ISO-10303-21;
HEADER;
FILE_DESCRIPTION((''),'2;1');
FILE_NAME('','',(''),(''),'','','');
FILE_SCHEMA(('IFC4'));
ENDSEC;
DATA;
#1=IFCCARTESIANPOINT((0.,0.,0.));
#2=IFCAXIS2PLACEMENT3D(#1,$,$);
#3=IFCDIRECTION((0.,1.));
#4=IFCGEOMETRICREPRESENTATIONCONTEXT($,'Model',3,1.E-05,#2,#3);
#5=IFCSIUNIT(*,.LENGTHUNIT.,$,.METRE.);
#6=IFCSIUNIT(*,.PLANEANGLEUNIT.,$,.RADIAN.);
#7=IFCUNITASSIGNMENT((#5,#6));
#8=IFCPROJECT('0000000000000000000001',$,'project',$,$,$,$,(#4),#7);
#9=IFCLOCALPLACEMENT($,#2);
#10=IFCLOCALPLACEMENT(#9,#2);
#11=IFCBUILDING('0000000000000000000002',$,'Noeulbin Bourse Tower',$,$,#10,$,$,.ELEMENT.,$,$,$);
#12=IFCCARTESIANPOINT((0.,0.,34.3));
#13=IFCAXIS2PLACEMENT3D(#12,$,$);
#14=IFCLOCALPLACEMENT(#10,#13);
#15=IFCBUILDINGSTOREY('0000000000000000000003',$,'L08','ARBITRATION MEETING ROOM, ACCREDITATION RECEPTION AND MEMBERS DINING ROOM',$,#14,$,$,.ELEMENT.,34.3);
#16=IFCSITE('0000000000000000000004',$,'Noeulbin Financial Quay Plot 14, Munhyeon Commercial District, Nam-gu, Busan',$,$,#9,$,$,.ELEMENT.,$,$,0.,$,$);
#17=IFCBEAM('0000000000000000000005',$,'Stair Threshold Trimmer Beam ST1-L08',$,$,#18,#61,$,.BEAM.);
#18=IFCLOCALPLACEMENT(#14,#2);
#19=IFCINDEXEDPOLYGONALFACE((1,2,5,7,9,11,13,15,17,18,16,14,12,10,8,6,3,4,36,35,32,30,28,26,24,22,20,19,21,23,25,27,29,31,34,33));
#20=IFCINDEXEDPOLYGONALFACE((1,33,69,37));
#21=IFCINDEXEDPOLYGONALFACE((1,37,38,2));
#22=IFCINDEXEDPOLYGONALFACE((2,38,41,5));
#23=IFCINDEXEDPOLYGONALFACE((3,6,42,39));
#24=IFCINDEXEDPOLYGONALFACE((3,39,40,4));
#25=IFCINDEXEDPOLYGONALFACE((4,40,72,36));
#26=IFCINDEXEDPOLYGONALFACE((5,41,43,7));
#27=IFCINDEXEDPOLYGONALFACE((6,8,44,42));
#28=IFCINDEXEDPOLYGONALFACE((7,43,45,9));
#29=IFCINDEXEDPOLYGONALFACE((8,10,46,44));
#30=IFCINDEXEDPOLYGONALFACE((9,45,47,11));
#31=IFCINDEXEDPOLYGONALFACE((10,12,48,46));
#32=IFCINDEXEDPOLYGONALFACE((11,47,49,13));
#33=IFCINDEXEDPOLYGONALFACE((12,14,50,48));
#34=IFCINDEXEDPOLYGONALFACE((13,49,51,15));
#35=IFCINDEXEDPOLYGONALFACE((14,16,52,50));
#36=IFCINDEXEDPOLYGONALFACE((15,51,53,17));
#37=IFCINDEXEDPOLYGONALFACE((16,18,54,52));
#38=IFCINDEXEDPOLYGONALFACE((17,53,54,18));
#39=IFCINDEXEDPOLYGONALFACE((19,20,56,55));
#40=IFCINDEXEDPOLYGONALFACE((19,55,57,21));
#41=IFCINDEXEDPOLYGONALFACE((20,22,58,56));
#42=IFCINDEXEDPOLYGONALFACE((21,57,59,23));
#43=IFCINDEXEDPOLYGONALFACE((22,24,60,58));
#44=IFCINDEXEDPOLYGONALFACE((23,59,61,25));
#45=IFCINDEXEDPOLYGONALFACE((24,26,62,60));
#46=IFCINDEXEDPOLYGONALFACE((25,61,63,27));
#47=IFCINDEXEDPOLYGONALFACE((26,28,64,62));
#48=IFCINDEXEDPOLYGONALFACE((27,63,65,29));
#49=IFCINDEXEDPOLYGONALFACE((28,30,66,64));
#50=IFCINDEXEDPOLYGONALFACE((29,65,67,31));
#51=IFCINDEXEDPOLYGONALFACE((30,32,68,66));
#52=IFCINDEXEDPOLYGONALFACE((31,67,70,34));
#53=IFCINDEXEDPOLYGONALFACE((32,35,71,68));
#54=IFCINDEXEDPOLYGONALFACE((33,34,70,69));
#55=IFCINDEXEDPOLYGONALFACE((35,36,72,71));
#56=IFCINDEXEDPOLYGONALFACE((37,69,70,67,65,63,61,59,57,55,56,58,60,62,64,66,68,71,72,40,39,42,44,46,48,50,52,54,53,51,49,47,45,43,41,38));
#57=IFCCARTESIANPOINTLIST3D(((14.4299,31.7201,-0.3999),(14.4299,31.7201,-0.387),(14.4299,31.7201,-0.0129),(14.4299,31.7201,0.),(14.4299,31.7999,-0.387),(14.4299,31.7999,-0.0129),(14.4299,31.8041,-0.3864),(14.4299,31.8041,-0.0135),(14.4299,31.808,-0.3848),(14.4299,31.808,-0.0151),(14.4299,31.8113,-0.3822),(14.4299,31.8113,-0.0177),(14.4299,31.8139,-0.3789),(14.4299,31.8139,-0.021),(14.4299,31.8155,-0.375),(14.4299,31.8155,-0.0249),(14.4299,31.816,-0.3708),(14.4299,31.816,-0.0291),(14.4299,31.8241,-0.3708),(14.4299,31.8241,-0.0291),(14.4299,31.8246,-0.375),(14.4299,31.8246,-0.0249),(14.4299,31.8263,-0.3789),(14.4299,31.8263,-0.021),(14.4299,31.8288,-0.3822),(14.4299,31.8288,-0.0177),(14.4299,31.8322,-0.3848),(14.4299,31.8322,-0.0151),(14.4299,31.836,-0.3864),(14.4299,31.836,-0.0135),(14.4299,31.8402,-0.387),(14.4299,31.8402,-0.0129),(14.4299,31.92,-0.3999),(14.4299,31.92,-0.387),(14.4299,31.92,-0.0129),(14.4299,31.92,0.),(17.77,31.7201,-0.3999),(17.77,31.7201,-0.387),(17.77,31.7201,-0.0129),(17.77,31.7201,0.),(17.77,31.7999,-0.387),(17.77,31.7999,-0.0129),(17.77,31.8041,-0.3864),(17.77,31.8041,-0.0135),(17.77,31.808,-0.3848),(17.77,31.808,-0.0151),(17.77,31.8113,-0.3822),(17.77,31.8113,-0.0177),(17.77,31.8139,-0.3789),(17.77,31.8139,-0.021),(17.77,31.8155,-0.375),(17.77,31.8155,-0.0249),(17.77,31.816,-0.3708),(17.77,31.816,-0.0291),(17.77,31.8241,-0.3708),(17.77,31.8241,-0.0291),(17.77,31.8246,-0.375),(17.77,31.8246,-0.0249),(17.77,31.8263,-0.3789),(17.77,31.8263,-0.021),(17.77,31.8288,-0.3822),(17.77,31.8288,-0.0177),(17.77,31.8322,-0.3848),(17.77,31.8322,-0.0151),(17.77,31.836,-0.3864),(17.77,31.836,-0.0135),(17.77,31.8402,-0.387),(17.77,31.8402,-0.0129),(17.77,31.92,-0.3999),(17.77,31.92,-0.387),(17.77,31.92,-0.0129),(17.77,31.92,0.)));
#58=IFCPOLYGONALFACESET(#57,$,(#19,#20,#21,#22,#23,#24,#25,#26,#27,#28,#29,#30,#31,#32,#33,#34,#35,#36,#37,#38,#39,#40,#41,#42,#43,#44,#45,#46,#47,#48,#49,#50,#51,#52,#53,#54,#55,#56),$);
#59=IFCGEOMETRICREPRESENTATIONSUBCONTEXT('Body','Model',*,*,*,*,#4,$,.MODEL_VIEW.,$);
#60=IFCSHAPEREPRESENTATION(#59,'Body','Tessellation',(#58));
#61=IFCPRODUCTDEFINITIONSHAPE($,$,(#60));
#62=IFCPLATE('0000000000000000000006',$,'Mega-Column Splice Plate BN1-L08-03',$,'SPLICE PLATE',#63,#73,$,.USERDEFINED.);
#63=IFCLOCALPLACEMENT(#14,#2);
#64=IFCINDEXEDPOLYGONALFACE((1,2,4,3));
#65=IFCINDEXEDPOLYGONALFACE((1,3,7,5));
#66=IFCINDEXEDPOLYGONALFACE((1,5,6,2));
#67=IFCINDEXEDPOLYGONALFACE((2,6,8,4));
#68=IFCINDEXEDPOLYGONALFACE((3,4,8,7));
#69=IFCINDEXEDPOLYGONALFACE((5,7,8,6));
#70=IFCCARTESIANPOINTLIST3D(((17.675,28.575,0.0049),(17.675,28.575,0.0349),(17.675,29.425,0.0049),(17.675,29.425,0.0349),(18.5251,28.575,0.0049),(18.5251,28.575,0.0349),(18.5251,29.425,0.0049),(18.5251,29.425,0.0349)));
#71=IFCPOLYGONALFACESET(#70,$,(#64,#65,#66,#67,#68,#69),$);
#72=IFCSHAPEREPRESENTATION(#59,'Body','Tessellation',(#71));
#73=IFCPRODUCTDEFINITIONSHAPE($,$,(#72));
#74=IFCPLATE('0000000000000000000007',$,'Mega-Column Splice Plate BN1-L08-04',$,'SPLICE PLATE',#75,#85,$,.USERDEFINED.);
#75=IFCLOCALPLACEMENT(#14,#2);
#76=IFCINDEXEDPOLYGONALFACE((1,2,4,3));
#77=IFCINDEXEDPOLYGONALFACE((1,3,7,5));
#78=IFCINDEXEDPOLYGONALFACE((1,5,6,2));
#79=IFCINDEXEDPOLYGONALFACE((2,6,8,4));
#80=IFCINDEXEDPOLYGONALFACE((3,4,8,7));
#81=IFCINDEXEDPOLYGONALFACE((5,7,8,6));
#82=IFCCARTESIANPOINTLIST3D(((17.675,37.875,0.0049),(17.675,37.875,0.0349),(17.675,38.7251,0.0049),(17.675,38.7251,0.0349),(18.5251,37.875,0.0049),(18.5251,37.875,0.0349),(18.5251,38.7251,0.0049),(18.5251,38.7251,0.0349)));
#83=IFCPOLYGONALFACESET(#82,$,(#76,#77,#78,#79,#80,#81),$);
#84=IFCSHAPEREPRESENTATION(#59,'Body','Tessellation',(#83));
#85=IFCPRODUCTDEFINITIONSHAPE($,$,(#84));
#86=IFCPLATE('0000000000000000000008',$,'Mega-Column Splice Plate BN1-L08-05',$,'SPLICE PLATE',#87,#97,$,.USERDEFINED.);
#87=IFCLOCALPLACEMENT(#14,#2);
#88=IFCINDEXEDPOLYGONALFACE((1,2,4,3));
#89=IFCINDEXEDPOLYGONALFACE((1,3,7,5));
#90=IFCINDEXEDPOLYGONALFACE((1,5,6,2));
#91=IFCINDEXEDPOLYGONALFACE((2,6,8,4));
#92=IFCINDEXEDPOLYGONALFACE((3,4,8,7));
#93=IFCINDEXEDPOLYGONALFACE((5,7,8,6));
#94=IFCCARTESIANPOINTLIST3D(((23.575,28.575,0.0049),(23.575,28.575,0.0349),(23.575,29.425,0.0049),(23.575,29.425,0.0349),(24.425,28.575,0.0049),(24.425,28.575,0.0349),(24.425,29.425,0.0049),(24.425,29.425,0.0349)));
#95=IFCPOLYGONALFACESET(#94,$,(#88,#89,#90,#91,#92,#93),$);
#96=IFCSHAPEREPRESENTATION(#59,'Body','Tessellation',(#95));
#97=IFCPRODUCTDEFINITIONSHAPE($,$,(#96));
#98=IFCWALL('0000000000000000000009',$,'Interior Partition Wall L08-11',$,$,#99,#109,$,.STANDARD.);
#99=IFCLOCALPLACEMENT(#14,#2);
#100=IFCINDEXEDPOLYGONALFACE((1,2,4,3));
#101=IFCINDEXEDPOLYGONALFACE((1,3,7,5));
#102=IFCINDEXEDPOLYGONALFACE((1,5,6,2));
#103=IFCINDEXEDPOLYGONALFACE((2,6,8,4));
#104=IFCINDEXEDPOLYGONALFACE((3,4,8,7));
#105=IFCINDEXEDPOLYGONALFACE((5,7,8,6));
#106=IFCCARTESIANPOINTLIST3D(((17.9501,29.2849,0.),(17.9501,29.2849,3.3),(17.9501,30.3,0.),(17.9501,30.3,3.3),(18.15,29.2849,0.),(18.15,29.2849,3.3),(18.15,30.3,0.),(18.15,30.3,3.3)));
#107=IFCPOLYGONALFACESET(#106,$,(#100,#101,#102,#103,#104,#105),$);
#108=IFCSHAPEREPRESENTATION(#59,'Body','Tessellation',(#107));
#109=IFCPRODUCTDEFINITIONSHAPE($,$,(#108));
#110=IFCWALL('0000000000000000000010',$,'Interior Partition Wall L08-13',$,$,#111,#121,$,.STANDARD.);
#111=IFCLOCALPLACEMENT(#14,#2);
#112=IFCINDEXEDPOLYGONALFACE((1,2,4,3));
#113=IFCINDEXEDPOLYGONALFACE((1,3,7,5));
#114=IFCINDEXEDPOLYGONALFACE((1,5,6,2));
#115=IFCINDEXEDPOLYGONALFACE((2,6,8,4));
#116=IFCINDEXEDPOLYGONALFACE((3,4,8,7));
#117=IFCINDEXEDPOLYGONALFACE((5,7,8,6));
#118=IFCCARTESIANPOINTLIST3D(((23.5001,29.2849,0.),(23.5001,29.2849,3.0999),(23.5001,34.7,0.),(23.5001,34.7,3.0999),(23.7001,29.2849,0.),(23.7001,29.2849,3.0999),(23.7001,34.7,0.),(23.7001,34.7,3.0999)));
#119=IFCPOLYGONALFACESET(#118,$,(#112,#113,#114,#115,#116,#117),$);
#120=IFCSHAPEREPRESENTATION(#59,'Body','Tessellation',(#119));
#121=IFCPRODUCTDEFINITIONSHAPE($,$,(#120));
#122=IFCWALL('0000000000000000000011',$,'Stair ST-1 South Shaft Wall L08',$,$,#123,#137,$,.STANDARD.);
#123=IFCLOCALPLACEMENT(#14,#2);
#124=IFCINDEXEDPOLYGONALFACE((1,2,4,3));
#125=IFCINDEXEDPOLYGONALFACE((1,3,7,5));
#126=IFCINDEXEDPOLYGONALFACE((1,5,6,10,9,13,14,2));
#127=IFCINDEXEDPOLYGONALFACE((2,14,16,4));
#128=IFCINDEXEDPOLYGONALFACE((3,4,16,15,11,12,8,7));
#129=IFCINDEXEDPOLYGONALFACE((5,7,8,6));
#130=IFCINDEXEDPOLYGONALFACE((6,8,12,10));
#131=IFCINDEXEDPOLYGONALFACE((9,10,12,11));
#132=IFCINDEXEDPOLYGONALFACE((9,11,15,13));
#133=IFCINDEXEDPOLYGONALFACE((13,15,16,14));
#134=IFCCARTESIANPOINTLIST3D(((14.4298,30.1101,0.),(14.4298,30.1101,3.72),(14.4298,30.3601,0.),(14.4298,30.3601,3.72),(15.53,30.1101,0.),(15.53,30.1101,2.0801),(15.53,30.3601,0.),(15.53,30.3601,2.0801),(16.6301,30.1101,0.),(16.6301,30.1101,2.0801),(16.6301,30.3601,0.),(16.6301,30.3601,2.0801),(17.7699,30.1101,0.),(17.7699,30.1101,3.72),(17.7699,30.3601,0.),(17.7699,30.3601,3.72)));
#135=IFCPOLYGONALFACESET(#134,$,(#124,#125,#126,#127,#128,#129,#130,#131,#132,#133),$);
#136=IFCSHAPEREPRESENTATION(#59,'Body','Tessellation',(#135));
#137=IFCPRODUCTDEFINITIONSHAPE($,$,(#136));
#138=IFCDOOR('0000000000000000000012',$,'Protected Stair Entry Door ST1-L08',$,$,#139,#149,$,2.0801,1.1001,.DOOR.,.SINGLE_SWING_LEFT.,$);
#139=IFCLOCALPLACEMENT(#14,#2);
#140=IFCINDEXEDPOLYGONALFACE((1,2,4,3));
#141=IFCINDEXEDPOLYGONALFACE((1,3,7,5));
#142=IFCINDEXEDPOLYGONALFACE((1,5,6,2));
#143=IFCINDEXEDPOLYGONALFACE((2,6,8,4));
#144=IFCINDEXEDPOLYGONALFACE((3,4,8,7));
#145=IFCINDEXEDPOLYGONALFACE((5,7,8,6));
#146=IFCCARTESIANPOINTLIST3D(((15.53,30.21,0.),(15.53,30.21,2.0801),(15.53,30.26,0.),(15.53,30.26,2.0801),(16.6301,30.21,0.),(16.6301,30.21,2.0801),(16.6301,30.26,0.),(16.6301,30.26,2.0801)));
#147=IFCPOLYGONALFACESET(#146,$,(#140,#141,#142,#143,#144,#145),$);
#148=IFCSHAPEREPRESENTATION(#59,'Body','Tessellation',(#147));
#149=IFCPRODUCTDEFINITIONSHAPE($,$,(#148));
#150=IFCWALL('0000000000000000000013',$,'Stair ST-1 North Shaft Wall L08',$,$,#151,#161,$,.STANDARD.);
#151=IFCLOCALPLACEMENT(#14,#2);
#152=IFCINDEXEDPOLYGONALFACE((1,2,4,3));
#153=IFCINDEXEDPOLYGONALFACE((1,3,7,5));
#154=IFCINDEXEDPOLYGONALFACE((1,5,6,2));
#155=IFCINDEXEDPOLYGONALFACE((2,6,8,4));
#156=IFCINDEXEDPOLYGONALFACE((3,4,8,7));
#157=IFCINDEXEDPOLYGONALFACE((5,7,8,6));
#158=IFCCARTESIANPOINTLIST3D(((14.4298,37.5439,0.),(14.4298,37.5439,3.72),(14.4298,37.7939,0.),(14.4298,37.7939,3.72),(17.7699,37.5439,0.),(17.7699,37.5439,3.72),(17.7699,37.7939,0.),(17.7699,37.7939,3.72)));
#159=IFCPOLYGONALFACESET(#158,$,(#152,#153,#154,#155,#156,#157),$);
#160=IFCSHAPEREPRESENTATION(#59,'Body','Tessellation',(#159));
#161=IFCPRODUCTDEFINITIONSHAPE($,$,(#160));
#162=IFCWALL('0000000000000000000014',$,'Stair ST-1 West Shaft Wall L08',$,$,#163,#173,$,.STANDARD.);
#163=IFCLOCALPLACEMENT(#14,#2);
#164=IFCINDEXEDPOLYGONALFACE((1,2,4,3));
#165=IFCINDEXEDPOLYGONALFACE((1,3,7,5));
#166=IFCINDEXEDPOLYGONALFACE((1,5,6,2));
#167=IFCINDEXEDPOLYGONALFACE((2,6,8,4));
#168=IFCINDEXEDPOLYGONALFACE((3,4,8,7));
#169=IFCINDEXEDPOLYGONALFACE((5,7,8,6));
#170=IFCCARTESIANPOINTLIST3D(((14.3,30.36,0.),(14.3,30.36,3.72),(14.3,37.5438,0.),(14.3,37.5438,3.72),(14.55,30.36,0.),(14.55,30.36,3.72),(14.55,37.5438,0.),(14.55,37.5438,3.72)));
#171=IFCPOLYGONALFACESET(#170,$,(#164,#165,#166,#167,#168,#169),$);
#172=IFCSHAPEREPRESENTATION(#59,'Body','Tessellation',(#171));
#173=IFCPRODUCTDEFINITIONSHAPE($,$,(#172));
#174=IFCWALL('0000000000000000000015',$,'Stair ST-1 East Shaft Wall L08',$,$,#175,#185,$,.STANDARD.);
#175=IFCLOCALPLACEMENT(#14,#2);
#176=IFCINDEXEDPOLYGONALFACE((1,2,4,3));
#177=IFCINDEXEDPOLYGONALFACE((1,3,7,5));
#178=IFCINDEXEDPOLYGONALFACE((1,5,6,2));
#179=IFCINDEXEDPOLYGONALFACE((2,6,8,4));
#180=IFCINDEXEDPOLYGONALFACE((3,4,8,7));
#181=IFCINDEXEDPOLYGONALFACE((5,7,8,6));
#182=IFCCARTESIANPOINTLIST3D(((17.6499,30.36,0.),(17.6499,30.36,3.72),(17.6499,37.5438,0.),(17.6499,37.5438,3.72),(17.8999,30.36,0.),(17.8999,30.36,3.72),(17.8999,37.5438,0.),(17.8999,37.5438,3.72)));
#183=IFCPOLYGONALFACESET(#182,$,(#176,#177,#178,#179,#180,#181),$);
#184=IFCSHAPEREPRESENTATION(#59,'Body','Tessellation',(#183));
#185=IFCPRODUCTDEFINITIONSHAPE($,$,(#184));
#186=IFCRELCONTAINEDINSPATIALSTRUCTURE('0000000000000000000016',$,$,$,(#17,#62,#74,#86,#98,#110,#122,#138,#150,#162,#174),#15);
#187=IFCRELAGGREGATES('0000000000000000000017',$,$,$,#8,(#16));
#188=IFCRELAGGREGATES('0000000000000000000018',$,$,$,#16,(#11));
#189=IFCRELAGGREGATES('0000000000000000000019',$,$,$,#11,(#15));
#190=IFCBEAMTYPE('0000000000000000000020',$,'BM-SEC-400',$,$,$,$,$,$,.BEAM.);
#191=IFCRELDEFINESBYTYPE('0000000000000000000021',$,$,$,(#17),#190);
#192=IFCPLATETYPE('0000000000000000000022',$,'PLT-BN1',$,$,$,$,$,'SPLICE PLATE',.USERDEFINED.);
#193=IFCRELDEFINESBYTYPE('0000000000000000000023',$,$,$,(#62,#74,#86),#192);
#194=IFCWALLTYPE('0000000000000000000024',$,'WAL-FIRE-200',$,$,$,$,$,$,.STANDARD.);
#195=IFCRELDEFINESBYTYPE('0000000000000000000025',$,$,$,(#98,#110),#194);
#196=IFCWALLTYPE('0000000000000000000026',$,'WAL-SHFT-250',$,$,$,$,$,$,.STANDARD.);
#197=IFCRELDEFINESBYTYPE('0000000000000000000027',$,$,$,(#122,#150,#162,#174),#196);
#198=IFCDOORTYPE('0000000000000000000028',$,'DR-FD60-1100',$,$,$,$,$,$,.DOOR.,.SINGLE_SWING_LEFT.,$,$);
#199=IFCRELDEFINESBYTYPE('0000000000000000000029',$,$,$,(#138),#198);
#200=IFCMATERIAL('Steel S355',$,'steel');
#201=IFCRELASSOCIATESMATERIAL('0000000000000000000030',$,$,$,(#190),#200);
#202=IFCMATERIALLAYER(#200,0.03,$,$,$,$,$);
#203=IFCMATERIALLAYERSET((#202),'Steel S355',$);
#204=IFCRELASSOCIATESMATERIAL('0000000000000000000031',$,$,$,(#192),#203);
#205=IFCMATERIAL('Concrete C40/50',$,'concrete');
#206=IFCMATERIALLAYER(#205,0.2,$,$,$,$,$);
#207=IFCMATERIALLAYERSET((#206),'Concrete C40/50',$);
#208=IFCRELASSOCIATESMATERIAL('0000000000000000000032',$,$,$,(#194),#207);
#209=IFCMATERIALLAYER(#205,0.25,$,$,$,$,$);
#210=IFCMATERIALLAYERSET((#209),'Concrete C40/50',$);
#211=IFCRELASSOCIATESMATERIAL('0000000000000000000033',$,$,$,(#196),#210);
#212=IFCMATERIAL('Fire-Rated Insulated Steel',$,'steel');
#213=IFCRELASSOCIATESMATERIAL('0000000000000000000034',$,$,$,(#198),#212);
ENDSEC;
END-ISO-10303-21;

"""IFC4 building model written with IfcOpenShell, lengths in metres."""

from ifc_helpers import new_model, si_unit, direction, frame, frame_2d, origin, origin_2d, place, context, subcontext, project, spatial, rectangle, i_section, extrude, material, layer, layer_set, material_profile, profile_set, type_object, element, fill, save


model = new_model("IFC4")

# Units and contexts
model_context = context("Model", 3, precision=1e-05, world=origin(), true_north=direction((0.0, 1.0)))
body_context = subcontext(model_context, "Body", "Model", "MODEL_VIEW")
ifc_project = project(units=[si_unit("LENGTHUNIT", "METRE"), si_unit("PLANEANGLEUNIT", "RADIAN")], contexts=[model_context])

# Site, building, storey
site_placement = place(None, origin())
site = spatial("IfcSite", under=ifc_project, at=site_placement, Name="Noeulbin Financial Quay Plot 14, Munhyeon Commercial District, Nam-gu, Busan", CompositionType="ELEMENT", RefElevation=0.0)
building_placement = place(site_placement, origin())
building = spatial("IfcBuilding", under=site, at=building_placement, Name="Noeulbin Bourse Tower", CompositionType="ELEMENT")
storey_placement = place(building_placement, frame((0.0, 0.0, 34.3)))
storey = spatial("IfcBuildingStorey", under=building, at=storey_placement, Name="L08", Description="ARBITRATION MEETING ROOM, ACCREDITATION RECEPTION AND MEMBERS DINING ROOM", CompositionType="ELEMENT", Elevation=34.3)

# Beam
ifc_material_1 = material(Name="Steel S355", Category="steel")
ifc_material_profile_1 = material_profile(ifc_material_1, i_section(OverallWidth=0.2, OverallDepth=0.3999, WebThickness=0.0081, FlangeThickness=0.0129, FilletRadius=0.0161, at=origin_2d()), Name="H-400x200x8x13", Category="LoadBearing")
ifc_profile_set_1 = profile_set([ifc_material_profile_1], Name="Steel S355")
beam_type = type_object("IfcBeamType", Name="BM-SEC-400", PredefinedType="BEAM", material=ifc_profile_set_1)
beam_placement = place(storey_placement, frame((14.4299, 31.8201, -0.2), z_axis=(1.0, 0.0, 0.0), x_axis=(0.0, 1.0, 0.0)))
element("IfcBeam", 1, at=beam_placement, inside=storey, type_object=beam_type, Name="Stair Threshold Trimmer Beam ST1-L08", PredefinedType="BEAM", context=body_context, shape_type="SweptSolid", body=[
    extrude(i_section(OverallWidth=0.2, OverallDepth=0.3999, WebThickness=0.0081, FlangeThickness=0.0129, FilletRadius=0.0161, at=origin_2d()), origin(), (0.0, 0.0, 1.0), 3.3401),
])

# Plates
ifc_layer_1 = layer(ifc_material_1, 0.03)
ifc_layer_set_1 = layer_set([ifc_layer_1], Name="Steel S355")
plate_type = type_object("IfcPlateType", Name="PLT-BN1", ElementType="SPLICE PLATE", PredefinedType="USERDEFINED", material=ifc_layer_set_1)
for number, where, z_axis, x_axis, name in (
    (2, (18.1001, 29.0, 0.0049), (0.0, 0.0, 1.0), (1.0, 0.0, 0.0), "Mega-Column Splice Plate BN1-L08-03"),
    (3, (18.1001, 38.3, 0.0049), (0.0, 0.0, 1.0), (1.0, 0.0, 0.0), "Mega-Column Splice Plate BN1-L08-04"),
    (4, (24.0, 29.0, 0.0049), (0.0, 0.0, 1.0), (1.0, 0.0, 0.0), "Mega-Column Splice Plate BN1-L08-05"),
):
    element("IfcPlate", number, at=place(storey_placement, frame(where, z_axis=z_axis, x_axis=x_axis)), inside=storey, type_object=plate_type, Name=name, ObjectType="SPLICE PLATE", PredefinedType="USERDEFINED", context=body_context, shape_type="SweptSolid", body=[
        extrude(rectangle(XDim=0.8501, YDim=0.8501, at=origin_2d()), origin(), (0.0, 0.0, 1.0), 0.03),
    ])

# Walls
ifc_material_2 = material(Name="Concrete C40/50", Category="concrete")
ifc_layer_2 = layer(ifc_material_2, 0.2)
ifc_layer_set_2 = layer_set([ifc_layer_2], Name="Concrete C40/50")
wall_type_1 = type_object("IfcWallType", Name="WAL-FIRE-200", PredefinedType="STANDARD", material=ifc_layer_set_2)
wall_1_placement = place(storey_placement, frame((18.05, 29.2849, 0.0), z_axis=(0.0, 0.0, 1.0), x_axis=(0.0, 1.0, 0.0)))
element("IfcWall", 5, at=wall_1_placement, inside=storey, type_object=wall_type_1, Name="Interior Partition Wall L08-11", PredefinedType="STANDARD", context=body_context, shape_type="SweptSolid", body=[
    extrude(rectangle(XDim=1.0151, YDim=0.2, at=frame_2d((0.5076, 0.0))), origin(), (0.0, 0.0, 1.0), 3.3),
])
wall_2_placement = place(storey_placement, frame((23.6001, 29.2849, 0.0), z_axis=(0.0, 0.0, 1.0), x_axis=(0.0, 1.0, 0.0)))
element("IfcWall", 6, at=wall_2_placement, inside=storey, type_object=wall_type_1, Name="Interior Partition Wall L08-13", PredefinedType="STANDARD", context=body_context, shape_type="SweptSolid", body=[
    extrude(rectangle(XDim=5.415, YDim=0.2, at=frame_2d((2.7075, 0.0))), origin(), (0.0, 0.0, 1.0), 3.0999),
])

# Wall, opening, door
ifc_layer_3 = layer(ifc_material_2, 0.25)
ifc_layer_set_3 = layer_set([ifc_layer_3], Name="Concrete C40/50")
wall_type_2 = type_object("IfcWallType", Name="WAL-SHFT-250", PredefinedType="STANDARD", material=ifc_layer_set_3)
wall_3_placement = place(storey_placement, frame((14.4299, 30.2351, 0.0), z_axis=(0.0, 0.0, 1.0), x_axis=(1.0, 0.0, 0.0)))
wall_3 = element("IfcWall", 7, at=wall_3_placement, inside=storey, type_object=wall_type_2, Name="Stair ST-1 South Shaft Wall L08", PredefinedType="STANDARD", context=body_context, shape_type="SweptSolid", body=[
    extrude(rectangle(XDim=3.3401, YDim=0.25, at=frame_2d((1.6699, 0.0))), origin(), (0.0, 0.0, 1.0), 3.72),
])
opening_1_placement = place(wall_3_placement, frame((1.1001, 0.0, 0.0)))
opening_1 = element("IfcOpeningElement", 8, at=opening_1_placement, cuts=wall_3, PredefinedType="OPENING", context=body_context, shape_type="SweptSolid", body=[
    extrude(rectangle(XDim=1.1001, YDim=2.0801, at=frame_2d((0.55, 1.04))), frame((0.0, 0.135, 0.0), z_axis=(0.0, -1.0, 0.0), x_axis=(1.0, 0.0, 0.0)), (0.0, 0.0, 1.0), 0.27),
])
ifc_material_3 = material(Name="Fire-Rated Insulated Steel", Category="steel")
door_type_1 = type_object("IfcDoorType", Name="DR-FD60-1100", OperationType="SINGLE_SWING_LEFT", PredefinedType="DOOR", material=ifc_material_3)
door_1_placement = place(opening_1_placement, origin())
door_1 = element("IfcDoor", 9, at=door_1_placement, inside=storey, type_object=door_type_1, Name="Protected Stair Entry Door ST1-L08", OperationType="SINGLE_SWING_LEFT", OverallHeight=2.0801, OverallWidth=1.1001, PredefinedType="DOOR", context=body_context, shape_type="SweptSolid", body=[
    extrude(rectangle(XDim=1.1001, YDim=2.0801, at=frame_2d((0.55, 1.04))), frame((0.0, 0.0249, 0.0), z_axis=(0.0, -1.0, 0.0), x_axis=(1.0, 0.0, 0.0)), (0.0, 0.0, 1.0), 0.05),
])
fill(opening_1, door_1)

# Walls
wall_4_placement = place(storey_placement, frame((14.4299, 37.6689, 0.0), z_axis=(0.0, 0.0, 1.0), x_axis=(1.0, 0.0, 0.0)))
element("IfcWall", 10, at=wall_4_placement, inside=storey, type_object=wall_type_2, Name="Stair ST-1 North Shaft Wall L08", PredefinedType="STANDARD", context=body_context, shape_type="SweptSolid", body=[
    extrude(rectangle(XDim=3.3401, YDim=0.25, at=frame_2d((1.6699, 0.0))), origin(), (0.0, 0.0, 1.0), 3.72),
])
for number, where, z_axis, x_axis, name in (
    (11, (14.425, 30.3601, 0.0), (0.0, 0.0, 1.0), (0.0, 1.0, 0.0), "Stair ST-1 West Shaft Wall L08"),
    (12, (17.7749, 30.3601, 0.0), (0.0, 0.0, 1.0), (0.0, 1.0, 0.0), "Stair ST-1 East Shaft Wall L08"),
):
    element("IfcWall", number, at=place(storey_placement, frame(where, z_axis=z_axis, x_axis=x_axis)), inside=storey, type_object=wall_type_2, Name=name, PredefinedType="STANDARD", context=body_context, shape_type="SweptSolid", body=[
        extrude(rectangle(XDim=7.1838, YDim=0.25, at=frame_2d((3.5918, 0.0))), origin(), (0.0, 0.0, 1.0), 3.72),
    ])

save(model, "model.ifc")
